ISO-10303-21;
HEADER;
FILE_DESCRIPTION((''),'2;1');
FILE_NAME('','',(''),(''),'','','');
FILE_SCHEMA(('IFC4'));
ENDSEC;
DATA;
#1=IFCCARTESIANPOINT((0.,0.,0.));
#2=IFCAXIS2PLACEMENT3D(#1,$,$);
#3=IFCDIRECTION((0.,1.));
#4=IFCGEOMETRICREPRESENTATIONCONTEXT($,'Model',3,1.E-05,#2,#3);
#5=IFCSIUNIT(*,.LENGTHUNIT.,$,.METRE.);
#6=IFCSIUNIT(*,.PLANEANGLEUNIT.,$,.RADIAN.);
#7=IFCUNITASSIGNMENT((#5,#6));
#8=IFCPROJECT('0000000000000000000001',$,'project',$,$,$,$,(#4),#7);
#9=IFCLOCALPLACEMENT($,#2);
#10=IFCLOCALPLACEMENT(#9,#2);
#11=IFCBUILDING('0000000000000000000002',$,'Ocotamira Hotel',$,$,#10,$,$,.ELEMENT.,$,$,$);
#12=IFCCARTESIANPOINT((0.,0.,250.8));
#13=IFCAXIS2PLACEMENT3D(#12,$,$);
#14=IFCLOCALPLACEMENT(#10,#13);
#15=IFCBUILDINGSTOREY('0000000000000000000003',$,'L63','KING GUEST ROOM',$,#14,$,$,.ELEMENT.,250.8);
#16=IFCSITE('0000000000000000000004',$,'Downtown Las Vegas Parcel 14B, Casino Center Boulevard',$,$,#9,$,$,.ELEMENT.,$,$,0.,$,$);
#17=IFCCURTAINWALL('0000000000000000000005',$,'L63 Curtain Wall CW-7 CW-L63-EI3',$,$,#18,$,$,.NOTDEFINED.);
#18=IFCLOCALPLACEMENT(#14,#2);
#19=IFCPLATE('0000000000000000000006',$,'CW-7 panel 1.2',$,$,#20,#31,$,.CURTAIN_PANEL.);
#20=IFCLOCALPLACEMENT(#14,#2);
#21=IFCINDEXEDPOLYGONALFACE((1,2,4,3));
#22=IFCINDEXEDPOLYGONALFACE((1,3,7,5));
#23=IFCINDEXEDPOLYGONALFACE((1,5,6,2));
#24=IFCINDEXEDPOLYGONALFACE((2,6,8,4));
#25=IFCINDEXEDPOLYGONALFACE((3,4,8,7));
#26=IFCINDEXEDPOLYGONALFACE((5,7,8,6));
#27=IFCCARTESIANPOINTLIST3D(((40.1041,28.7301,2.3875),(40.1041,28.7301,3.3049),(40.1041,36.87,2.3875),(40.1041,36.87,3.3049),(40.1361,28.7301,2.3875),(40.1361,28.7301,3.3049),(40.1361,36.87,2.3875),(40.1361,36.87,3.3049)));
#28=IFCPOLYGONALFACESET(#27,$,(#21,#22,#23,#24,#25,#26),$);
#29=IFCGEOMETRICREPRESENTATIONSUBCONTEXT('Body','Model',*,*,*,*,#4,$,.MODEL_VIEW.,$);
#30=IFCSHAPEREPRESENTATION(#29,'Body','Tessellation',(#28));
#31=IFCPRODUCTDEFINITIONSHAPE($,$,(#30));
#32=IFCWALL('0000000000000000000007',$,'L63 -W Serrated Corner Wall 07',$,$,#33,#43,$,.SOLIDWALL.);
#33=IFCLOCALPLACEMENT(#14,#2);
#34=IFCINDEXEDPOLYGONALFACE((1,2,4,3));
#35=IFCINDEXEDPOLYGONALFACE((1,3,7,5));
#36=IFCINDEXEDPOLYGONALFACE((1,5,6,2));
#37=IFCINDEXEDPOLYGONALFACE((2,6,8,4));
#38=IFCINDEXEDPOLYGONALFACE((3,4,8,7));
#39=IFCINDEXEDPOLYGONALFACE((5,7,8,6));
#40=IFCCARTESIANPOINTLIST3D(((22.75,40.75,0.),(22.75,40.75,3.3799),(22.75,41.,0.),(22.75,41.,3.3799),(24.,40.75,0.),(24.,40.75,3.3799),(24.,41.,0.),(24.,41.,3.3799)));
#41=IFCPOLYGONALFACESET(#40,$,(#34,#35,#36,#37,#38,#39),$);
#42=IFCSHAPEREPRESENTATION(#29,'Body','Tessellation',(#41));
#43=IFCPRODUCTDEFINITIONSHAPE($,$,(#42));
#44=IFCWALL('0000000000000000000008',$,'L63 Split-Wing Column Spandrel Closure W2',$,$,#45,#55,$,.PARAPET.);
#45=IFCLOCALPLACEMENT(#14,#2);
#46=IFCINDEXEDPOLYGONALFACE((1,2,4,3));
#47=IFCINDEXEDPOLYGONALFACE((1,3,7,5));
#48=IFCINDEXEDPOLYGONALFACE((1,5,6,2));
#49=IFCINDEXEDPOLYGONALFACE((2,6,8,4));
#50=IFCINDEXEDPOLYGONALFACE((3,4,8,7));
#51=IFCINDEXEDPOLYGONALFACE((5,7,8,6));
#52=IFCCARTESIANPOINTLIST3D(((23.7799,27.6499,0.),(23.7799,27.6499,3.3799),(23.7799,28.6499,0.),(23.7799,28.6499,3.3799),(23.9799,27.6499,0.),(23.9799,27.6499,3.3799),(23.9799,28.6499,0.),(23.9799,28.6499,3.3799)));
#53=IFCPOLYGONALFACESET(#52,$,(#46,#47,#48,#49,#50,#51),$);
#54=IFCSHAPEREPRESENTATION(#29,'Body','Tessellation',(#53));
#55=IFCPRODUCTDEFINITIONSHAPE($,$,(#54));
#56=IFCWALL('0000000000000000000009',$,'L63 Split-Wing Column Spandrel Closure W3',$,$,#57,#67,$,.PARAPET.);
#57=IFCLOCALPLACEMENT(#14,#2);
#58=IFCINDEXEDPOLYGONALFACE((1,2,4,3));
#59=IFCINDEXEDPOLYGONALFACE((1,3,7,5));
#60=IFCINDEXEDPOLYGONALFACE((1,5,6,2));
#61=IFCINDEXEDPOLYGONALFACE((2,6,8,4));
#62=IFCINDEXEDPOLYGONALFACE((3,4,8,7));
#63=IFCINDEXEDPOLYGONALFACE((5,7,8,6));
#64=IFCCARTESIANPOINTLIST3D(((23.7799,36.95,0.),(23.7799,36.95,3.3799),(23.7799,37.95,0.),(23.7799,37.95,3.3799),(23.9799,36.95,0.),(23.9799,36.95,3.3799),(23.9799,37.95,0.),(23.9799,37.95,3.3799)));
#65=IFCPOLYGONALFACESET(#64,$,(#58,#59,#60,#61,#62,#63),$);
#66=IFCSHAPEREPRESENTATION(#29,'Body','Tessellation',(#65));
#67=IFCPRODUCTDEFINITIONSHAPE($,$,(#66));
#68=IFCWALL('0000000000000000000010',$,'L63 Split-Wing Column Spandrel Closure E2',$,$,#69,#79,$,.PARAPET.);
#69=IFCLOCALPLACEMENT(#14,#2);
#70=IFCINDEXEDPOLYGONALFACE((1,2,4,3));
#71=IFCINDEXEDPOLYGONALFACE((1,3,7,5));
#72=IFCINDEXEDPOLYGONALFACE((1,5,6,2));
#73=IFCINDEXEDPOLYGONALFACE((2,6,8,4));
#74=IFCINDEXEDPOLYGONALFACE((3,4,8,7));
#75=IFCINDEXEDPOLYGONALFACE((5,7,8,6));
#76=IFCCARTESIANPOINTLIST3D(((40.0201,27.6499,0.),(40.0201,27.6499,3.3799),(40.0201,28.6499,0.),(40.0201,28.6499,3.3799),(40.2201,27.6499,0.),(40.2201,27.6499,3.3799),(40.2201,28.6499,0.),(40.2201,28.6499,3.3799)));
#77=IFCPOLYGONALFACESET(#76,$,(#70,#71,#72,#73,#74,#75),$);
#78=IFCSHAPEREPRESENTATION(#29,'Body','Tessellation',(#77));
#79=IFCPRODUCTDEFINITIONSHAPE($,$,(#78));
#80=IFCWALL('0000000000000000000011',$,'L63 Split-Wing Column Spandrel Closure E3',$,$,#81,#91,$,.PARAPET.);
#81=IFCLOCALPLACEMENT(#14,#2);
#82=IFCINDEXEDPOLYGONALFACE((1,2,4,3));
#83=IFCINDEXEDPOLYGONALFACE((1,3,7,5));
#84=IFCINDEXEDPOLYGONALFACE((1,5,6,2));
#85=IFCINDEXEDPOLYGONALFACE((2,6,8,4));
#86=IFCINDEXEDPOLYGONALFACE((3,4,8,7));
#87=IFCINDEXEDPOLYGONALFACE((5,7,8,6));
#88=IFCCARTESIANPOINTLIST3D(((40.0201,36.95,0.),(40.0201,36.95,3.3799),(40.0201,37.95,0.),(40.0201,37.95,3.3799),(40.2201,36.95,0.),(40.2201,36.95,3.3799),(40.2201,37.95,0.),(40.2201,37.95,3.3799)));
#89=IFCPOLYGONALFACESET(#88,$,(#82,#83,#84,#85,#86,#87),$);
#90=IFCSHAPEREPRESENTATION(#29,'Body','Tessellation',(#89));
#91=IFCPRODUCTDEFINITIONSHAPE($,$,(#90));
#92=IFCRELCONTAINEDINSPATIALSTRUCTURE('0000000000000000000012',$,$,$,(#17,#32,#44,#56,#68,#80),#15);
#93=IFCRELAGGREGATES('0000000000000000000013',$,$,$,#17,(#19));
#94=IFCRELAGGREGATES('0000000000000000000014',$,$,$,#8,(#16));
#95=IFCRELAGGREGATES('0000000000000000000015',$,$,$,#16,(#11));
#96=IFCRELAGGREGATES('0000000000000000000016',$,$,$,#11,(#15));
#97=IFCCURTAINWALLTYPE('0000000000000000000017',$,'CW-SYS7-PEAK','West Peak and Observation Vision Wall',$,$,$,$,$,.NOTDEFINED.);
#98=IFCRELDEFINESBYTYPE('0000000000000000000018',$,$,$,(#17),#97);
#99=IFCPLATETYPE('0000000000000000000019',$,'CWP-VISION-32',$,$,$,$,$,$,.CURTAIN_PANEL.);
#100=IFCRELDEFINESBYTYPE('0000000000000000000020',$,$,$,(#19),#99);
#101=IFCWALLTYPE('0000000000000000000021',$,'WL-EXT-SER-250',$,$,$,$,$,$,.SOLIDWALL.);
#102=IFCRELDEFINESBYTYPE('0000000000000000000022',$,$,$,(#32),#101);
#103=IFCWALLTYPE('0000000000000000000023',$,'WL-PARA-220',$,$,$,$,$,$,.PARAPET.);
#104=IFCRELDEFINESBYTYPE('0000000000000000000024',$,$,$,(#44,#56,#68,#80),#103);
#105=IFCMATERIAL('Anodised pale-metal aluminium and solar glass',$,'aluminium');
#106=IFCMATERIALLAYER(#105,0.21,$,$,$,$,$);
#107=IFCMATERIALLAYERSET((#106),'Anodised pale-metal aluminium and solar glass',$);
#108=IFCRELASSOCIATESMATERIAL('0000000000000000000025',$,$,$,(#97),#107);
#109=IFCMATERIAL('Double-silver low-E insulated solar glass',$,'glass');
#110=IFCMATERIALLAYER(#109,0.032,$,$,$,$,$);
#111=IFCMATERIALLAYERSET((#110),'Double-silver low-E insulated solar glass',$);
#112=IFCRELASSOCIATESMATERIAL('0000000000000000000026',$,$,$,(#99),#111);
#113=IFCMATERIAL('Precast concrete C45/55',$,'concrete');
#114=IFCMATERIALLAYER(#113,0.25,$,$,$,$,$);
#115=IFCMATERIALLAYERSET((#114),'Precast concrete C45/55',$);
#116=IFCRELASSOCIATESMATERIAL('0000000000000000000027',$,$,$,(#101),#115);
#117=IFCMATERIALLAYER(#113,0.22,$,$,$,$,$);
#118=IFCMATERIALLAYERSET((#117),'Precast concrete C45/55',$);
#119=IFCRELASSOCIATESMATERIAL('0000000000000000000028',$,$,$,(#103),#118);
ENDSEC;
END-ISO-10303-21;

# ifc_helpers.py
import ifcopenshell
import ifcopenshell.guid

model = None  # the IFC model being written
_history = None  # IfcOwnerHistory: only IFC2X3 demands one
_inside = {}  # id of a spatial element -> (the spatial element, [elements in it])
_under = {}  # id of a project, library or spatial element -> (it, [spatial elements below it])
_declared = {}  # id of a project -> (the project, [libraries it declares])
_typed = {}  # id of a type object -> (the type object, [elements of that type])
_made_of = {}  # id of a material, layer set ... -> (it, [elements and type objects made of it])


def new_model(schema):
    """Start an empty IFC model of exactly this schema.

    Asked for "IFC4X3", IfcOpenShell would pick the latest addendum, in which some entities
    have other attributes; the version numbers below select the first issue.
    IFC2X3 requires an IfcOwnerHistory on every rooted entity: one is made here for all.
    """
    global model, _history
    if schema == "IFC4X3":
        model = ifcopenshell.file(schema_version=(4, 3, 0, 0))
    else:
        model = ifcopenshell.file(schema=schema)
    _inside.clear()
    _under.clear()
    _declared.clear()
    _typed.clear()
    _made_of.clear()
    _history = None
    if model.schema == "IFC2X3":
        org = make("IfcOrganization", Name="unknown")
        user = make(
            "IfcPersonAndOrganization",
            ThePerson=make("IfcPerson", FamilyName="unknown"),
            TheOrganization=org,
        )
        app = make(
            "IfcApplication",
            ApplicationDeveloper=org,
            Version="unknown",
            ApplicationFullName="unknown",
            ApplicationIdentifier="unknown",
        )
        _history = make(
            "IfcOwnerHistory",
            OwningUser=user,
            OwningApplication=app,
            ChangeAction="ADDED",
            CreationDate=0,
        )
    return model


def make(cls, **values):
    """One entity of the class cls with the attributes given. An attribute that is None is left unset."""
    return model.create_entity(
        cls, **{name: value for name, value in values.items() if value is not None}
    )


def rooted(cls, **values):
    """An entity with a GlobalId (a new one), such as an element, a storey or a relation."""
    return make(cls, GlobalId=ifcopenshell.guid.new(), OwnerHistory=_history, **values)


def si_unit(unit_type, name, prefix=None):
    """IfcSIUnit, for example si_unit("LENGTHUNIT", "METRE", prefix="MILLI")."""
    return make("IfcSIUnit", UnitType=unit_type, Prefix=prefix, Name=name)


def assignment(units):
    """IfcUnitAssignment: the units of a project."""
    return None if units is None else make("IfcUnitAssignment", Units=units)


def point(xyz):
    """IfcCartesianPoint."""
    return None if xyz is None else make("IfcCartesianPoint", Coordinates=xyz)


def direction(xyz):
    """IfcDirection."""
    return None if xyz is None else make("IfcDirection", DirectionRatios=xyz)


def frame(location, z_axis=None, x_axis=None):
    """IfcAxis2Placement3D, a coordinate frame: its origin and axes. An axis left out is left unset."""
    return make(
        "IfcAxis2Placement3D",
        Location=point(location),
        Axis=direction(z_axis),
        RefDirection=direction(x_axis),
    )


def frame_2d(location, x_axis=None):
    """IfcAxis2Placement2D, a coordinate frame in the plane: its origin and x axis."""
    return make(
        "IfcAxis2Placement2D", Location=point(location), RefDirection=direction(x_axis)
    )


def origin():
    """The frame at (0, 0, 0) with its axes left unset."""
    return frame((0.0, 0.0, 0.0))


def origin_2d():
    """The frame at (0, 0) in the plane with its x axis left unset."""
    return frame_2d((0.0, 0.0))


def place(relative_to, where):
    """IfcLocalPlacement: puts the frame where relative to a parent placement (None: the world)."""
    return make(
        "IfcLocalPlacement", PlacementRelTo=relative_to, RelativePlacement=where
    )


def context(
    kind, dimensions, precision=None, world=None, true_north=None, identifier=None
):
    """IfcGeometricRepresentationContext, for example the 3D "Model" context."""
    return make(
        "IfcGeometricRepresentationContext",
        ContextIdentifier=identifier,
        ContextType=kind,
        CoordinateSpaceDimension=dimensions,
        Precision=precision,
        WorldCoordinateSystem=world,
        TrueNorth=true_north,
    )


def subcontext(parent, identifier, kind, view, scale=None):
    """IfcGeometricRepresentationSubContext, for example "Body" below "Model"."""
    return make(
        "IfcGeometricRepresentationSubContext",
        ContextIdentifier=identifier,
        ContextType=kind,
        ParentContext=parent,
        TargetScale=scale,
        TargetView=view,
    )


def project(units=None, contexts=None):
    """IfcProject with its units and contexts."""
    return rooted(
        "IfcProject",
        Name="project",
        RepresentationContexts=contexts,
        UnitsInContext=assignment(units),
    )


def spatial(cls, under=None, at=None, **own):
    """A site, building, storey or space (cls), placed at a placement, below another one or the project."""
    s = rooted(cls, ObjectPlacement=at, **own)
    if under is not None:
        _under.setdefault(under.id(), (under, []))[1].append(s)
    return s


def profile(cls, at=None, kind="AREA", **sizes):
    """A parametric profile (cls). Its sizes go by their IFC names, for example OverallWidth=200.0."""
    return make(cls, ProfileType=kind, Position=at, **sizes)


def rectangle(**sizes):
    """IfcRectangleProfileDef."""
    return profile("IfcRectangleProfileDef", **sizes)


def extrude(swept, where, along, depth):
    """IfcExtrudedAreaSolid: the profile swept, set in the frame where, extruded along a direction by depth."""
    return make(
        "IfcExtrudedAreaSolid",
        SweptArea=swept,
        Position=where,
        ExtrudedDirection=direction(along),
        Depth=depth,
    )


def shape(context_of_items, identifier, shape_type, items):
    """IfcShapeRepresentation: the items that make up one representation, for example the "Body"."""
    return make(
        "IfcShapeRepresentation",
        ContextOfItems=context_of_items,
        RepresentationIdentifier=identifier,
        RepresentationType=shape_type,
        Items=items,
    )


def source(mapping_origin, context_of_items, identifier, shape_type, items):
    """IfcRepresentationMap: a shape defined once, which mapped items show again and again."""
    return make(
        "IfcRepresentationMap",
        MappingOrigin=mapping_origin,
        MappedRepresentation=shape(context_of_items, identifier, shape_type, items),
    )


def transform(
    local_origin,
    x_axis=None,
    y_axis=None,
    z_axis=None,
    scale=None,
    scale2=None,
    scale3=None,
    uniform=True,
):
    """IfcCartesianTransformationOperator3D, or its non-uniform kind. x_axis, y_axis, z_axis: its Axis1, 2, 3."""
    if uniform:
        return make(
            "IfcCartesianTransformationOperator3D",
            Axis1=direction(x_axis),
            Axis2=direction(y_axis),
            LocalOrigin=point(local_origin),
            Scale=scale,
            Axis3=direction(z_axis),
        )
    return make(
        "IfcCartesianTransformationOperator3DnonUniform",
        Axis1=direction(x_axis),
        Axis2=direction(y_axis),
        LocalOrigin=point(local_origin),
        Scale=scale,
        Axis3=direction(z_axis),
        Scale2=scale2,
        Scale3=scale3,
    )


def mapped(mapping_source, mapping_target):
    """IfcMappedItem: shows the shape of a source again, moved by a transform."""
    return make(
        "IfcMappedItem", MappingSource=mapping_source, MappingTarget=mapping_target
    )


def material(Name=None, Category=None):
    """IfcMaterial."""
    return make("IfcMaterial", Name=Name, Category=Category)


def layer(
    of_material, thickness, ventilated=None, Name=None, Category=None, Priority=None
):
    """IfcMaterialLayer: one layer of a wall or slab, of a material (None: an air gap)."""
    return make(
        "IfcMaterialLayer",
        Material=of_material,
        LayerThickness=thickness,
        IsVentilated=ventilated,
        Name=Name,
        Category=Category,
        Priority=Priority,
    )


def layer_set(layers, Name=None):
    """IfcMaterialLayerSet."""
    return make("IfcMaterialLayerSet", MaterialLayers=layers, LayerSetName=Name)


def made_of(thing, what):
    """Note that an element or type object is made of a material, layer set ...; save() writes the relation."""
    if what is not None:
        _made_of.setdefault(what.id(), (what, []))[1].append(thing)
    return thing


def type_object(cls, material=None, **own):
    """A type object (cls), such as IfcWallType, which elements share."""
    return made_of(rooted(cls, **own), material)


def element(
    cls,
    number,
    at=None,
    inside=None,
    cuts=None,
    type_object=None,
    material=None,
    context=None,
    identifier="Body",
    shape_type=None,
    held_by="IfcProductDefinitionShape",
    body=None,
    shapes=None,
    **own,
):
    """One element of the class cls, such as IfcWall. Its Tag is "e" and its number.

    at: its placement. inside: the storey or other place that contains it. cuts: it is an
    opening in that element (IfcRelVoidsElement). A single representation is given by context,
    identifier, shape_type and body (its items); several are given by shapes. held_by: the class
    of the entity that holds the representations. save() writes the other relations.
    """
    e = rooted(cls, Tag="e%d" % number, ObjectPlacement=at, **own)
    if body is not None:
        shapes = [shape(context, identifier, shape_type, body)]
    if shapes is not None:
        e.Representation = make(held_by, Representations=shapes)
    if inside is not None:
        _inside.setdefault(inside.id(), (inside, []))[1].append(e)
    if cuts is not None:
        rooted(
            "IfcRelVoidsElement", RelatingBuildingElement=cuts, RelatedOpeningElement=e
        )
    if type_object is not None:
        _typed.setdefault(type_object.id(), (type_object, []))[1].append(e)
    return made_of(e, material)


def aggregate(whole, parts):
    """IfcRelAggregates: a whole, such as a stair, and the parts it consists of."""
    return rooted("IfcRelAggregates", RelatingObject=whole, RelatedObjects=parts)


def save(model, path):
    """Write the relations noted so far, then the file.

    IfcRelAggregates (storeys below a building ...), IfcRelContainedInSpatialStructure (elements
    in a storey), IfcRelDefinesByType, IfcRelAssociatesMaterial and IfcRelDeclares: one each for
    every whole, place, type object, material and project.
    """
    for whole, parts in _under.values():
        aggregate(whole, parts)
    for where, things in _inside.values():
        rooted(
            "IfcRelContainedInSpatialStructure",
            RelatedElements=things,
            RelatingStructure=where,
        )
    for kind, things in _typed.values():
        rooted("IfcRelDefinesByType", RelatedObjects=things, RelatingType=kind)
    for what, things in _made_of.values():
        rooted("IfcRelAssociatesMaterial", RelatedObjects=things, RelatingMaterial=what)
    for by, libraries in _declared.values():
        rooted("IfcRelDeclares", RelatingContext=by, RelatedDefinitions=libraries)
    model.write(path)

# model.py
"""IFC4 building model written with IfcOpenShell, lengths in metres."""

from ifc_helpers import new_model, si_unit, direction, frame, frame_2d, origin, origin_2d, place, context, subcontext, project, spatial, rectangle, extrude, source, transform, mapped, material, layer, layer_set, type_object, element, aggregate, save


model = new_model("IFC4")

# Units and contexts
model_context = context("Model", 3, precision=1e-05, world=origin(), true_north=direction((0.0, 1.0)))
body_context = subcontext(model_context, "Body", "Model", "MODEL_VIEW")
ifc_project = project(units=[si_unit("LENGTHUNIT", "METRE"), si_unit("PLANEANGLEUNIT", "RADIAN")], contexts=[model_context])

# Site, building, storey
site_placement = place(None, origin())
site = spatial("IfcSite", under=ifc_project, at=site_placement, Name="Downtown Las Vegas Parcel 14B, Casino Center Boulevard", CompositionType="ELEMENT", RefElevation=0.0)
building_placement = place(site_placement, origin())
building = spatial("IfcBuilding", under=site, at=building_placement, Name="Ocotamira Hotel", CompositionType="ELEMENT")
storey_placement = place(building_placement, frame((0.0, 0.0, 250.8)))
storey = spatial("IfcBuildingStorey", under=building, at=storey_placement, Name="L63", Description="KING GUEST ROOM", CompositionType="ELEMENT", Elevation=250.8)

# Shared definitions
ifc_material_1 = material(Name="Anodised pale-metal aluminium and solar glass", Category="aluminium")
ifc_layer_1 = layer(ifc_material_1, 0.21)
ifc_layer_set_1 = layer_set([ifc_layer_1], Name="Anodised pale-metal aluminium and solar glass")
curtain_wall_type = type_object("IfcCurtainWallType", Name="CW-SYS7-PEAK", Description="West Peak and Observation Vision Wall", PredefinedType="NOTDEFINED", material=ifc_layer_set_1)

# Curtain wall
curtain_wall_1_placement = place(storey_placement, origin())
curtain_wall_1 = element("IfcCurtainWall", 1, at=curtain_wall_1_placement, inside=storey, type_object=curtain_wall_type, Name="L63 Curtain Wall CW-7 CW-L63-EI3", PredefinedType="NOTDEFINED")

# Plate
ifc_material_2 = material(Name="Double-silver low-E insulated solar glass", Category="glass")
ifc_layer_2 = layer(ifc_material_2, 0.032)
ifc_layer_set_2 = layer_set([ifc_layer_2], Name="Double-silver low-E insulated solar glass")
plate_type = type_object("IfcPlateType", Name="CWP-VISION-32", PredefinedType="CURTAIN_PANEL", material=ifc_layer_set_2)
shared_shape_1 = source(origin(), body_context, "Body", "SweptSolid", [
    extrude(rectangle(XDim=8.1399, YDim=0.032, at=origin_2d()), origin(), (0.0, 0.0, 1.0), 0.9175),
])
plate_1_placement = place(storey_placement, frame((40.1201, 32.8, 2.3875), z_axis=(0.0, 0.0, 1.0), x_axis=(0.0, 1.0, 0.0)))
plate_1 = element("IfcPlate", 2, at=plate_1_placement, type_object=plate_type, Name="CW-7 panel 1.2", PredefinedType="CURTAIN_PANEL", context=body_context, shape_type="MappedRepresentation", body=[
    mapped(shared_shape_1, transform((0.0, 0.0, 0.0), scale=1.0)),
])
aggregate(curtain_wall_1, [plate_1])

# Walls
ifc_material_3 = material(Name="Precast concrete C45/55", Category="concrete")
ifc_layer_3 = layer(ifc_material_3, 0.25)
ifc_layer_set_3 = layer_set([ifc_layer_3], Name="Precast concrete C45/55")
wall_type_1 = type_object("IfcWallType", Name="WL-EXT-SER-250", PredefinedType="SOLIDWALL", material=ifc_layer_set_3)
wall_placement = place(storey_placement, frame((24.0, 40.875, 0.0), z_axis=(0.0, 0.0, 1.0), x_axis=(-1.0, 0.0, 0.0)))
element("IfcWall", 3, at=wall_placement, inside=storey, type_object=wall_type_1, Name="L63 -W Serrated Corner Wall 07", PredefinedType="SOLIDWALL", context=body_context, shape_type="SweptSolid", body=[
    extrude(rectangle(XDim=1.25, YDim=0.25, at=frame_2d((0.625, 0.0))), origin(), (0.0, 0.0, 1.0), 3.3799),
])
ifc_layer_4 = layer(ifc_material_3, 0.22)
ifc_layer_set_4 = layer_set([ifc_layer_4], Name="Precast concrete C45/55")
wall_type_2 = type_object("IfcWallType", Name="WL-PARA-220", PredefinedType="PARAPET", material=ifc_layer_set_4)
for number, where, z_axis, x_axis, name in (
    (4, (23.8799, 27.6499, 0.0), (0.0, 0.0, 1.0), (0.0, 1.0, 0.0), "L63 Split-Wing Column Spandrel Closure W2"),
    (5, (23.8799, 36.95, 0.0), (0.0, 0.0, 1.0), (0.0, 1.0, 0.0), "L63 Split-Wing Column Spandrel Closure W3"),
    (6, (40.1201, 27.6499, 0.0), (0.0, 0.0, 1.0), (0.0, 1.0, 0.0), "L63 Split-Wing Column Spandrel Closure E2"),
    (7, (40.1201, 36.95, 0.0), (0.0, 0.0, 1.0), (0.0, 1.0, 0.0), "L63 Split-Wing Column Spandrel Closure E3"),
):
    element("IfcWall", number, at=place(storey_placement, frame(where, z_axis=z_axis, x_axis=x_axis)), inside=storey, type_object=wall_type_2, Name=name, PredefinedType="PARAPET", context=body_context, shape_type="SweptSolid", body=[
        extrude(rectangle(XDim=1.0, YDim=0.2, at=frame_2d((0.5, 0.0))), origin(), (0.0, 0.0, 1.0), 3.3799),
    ])

save(model, "model.ifc")
